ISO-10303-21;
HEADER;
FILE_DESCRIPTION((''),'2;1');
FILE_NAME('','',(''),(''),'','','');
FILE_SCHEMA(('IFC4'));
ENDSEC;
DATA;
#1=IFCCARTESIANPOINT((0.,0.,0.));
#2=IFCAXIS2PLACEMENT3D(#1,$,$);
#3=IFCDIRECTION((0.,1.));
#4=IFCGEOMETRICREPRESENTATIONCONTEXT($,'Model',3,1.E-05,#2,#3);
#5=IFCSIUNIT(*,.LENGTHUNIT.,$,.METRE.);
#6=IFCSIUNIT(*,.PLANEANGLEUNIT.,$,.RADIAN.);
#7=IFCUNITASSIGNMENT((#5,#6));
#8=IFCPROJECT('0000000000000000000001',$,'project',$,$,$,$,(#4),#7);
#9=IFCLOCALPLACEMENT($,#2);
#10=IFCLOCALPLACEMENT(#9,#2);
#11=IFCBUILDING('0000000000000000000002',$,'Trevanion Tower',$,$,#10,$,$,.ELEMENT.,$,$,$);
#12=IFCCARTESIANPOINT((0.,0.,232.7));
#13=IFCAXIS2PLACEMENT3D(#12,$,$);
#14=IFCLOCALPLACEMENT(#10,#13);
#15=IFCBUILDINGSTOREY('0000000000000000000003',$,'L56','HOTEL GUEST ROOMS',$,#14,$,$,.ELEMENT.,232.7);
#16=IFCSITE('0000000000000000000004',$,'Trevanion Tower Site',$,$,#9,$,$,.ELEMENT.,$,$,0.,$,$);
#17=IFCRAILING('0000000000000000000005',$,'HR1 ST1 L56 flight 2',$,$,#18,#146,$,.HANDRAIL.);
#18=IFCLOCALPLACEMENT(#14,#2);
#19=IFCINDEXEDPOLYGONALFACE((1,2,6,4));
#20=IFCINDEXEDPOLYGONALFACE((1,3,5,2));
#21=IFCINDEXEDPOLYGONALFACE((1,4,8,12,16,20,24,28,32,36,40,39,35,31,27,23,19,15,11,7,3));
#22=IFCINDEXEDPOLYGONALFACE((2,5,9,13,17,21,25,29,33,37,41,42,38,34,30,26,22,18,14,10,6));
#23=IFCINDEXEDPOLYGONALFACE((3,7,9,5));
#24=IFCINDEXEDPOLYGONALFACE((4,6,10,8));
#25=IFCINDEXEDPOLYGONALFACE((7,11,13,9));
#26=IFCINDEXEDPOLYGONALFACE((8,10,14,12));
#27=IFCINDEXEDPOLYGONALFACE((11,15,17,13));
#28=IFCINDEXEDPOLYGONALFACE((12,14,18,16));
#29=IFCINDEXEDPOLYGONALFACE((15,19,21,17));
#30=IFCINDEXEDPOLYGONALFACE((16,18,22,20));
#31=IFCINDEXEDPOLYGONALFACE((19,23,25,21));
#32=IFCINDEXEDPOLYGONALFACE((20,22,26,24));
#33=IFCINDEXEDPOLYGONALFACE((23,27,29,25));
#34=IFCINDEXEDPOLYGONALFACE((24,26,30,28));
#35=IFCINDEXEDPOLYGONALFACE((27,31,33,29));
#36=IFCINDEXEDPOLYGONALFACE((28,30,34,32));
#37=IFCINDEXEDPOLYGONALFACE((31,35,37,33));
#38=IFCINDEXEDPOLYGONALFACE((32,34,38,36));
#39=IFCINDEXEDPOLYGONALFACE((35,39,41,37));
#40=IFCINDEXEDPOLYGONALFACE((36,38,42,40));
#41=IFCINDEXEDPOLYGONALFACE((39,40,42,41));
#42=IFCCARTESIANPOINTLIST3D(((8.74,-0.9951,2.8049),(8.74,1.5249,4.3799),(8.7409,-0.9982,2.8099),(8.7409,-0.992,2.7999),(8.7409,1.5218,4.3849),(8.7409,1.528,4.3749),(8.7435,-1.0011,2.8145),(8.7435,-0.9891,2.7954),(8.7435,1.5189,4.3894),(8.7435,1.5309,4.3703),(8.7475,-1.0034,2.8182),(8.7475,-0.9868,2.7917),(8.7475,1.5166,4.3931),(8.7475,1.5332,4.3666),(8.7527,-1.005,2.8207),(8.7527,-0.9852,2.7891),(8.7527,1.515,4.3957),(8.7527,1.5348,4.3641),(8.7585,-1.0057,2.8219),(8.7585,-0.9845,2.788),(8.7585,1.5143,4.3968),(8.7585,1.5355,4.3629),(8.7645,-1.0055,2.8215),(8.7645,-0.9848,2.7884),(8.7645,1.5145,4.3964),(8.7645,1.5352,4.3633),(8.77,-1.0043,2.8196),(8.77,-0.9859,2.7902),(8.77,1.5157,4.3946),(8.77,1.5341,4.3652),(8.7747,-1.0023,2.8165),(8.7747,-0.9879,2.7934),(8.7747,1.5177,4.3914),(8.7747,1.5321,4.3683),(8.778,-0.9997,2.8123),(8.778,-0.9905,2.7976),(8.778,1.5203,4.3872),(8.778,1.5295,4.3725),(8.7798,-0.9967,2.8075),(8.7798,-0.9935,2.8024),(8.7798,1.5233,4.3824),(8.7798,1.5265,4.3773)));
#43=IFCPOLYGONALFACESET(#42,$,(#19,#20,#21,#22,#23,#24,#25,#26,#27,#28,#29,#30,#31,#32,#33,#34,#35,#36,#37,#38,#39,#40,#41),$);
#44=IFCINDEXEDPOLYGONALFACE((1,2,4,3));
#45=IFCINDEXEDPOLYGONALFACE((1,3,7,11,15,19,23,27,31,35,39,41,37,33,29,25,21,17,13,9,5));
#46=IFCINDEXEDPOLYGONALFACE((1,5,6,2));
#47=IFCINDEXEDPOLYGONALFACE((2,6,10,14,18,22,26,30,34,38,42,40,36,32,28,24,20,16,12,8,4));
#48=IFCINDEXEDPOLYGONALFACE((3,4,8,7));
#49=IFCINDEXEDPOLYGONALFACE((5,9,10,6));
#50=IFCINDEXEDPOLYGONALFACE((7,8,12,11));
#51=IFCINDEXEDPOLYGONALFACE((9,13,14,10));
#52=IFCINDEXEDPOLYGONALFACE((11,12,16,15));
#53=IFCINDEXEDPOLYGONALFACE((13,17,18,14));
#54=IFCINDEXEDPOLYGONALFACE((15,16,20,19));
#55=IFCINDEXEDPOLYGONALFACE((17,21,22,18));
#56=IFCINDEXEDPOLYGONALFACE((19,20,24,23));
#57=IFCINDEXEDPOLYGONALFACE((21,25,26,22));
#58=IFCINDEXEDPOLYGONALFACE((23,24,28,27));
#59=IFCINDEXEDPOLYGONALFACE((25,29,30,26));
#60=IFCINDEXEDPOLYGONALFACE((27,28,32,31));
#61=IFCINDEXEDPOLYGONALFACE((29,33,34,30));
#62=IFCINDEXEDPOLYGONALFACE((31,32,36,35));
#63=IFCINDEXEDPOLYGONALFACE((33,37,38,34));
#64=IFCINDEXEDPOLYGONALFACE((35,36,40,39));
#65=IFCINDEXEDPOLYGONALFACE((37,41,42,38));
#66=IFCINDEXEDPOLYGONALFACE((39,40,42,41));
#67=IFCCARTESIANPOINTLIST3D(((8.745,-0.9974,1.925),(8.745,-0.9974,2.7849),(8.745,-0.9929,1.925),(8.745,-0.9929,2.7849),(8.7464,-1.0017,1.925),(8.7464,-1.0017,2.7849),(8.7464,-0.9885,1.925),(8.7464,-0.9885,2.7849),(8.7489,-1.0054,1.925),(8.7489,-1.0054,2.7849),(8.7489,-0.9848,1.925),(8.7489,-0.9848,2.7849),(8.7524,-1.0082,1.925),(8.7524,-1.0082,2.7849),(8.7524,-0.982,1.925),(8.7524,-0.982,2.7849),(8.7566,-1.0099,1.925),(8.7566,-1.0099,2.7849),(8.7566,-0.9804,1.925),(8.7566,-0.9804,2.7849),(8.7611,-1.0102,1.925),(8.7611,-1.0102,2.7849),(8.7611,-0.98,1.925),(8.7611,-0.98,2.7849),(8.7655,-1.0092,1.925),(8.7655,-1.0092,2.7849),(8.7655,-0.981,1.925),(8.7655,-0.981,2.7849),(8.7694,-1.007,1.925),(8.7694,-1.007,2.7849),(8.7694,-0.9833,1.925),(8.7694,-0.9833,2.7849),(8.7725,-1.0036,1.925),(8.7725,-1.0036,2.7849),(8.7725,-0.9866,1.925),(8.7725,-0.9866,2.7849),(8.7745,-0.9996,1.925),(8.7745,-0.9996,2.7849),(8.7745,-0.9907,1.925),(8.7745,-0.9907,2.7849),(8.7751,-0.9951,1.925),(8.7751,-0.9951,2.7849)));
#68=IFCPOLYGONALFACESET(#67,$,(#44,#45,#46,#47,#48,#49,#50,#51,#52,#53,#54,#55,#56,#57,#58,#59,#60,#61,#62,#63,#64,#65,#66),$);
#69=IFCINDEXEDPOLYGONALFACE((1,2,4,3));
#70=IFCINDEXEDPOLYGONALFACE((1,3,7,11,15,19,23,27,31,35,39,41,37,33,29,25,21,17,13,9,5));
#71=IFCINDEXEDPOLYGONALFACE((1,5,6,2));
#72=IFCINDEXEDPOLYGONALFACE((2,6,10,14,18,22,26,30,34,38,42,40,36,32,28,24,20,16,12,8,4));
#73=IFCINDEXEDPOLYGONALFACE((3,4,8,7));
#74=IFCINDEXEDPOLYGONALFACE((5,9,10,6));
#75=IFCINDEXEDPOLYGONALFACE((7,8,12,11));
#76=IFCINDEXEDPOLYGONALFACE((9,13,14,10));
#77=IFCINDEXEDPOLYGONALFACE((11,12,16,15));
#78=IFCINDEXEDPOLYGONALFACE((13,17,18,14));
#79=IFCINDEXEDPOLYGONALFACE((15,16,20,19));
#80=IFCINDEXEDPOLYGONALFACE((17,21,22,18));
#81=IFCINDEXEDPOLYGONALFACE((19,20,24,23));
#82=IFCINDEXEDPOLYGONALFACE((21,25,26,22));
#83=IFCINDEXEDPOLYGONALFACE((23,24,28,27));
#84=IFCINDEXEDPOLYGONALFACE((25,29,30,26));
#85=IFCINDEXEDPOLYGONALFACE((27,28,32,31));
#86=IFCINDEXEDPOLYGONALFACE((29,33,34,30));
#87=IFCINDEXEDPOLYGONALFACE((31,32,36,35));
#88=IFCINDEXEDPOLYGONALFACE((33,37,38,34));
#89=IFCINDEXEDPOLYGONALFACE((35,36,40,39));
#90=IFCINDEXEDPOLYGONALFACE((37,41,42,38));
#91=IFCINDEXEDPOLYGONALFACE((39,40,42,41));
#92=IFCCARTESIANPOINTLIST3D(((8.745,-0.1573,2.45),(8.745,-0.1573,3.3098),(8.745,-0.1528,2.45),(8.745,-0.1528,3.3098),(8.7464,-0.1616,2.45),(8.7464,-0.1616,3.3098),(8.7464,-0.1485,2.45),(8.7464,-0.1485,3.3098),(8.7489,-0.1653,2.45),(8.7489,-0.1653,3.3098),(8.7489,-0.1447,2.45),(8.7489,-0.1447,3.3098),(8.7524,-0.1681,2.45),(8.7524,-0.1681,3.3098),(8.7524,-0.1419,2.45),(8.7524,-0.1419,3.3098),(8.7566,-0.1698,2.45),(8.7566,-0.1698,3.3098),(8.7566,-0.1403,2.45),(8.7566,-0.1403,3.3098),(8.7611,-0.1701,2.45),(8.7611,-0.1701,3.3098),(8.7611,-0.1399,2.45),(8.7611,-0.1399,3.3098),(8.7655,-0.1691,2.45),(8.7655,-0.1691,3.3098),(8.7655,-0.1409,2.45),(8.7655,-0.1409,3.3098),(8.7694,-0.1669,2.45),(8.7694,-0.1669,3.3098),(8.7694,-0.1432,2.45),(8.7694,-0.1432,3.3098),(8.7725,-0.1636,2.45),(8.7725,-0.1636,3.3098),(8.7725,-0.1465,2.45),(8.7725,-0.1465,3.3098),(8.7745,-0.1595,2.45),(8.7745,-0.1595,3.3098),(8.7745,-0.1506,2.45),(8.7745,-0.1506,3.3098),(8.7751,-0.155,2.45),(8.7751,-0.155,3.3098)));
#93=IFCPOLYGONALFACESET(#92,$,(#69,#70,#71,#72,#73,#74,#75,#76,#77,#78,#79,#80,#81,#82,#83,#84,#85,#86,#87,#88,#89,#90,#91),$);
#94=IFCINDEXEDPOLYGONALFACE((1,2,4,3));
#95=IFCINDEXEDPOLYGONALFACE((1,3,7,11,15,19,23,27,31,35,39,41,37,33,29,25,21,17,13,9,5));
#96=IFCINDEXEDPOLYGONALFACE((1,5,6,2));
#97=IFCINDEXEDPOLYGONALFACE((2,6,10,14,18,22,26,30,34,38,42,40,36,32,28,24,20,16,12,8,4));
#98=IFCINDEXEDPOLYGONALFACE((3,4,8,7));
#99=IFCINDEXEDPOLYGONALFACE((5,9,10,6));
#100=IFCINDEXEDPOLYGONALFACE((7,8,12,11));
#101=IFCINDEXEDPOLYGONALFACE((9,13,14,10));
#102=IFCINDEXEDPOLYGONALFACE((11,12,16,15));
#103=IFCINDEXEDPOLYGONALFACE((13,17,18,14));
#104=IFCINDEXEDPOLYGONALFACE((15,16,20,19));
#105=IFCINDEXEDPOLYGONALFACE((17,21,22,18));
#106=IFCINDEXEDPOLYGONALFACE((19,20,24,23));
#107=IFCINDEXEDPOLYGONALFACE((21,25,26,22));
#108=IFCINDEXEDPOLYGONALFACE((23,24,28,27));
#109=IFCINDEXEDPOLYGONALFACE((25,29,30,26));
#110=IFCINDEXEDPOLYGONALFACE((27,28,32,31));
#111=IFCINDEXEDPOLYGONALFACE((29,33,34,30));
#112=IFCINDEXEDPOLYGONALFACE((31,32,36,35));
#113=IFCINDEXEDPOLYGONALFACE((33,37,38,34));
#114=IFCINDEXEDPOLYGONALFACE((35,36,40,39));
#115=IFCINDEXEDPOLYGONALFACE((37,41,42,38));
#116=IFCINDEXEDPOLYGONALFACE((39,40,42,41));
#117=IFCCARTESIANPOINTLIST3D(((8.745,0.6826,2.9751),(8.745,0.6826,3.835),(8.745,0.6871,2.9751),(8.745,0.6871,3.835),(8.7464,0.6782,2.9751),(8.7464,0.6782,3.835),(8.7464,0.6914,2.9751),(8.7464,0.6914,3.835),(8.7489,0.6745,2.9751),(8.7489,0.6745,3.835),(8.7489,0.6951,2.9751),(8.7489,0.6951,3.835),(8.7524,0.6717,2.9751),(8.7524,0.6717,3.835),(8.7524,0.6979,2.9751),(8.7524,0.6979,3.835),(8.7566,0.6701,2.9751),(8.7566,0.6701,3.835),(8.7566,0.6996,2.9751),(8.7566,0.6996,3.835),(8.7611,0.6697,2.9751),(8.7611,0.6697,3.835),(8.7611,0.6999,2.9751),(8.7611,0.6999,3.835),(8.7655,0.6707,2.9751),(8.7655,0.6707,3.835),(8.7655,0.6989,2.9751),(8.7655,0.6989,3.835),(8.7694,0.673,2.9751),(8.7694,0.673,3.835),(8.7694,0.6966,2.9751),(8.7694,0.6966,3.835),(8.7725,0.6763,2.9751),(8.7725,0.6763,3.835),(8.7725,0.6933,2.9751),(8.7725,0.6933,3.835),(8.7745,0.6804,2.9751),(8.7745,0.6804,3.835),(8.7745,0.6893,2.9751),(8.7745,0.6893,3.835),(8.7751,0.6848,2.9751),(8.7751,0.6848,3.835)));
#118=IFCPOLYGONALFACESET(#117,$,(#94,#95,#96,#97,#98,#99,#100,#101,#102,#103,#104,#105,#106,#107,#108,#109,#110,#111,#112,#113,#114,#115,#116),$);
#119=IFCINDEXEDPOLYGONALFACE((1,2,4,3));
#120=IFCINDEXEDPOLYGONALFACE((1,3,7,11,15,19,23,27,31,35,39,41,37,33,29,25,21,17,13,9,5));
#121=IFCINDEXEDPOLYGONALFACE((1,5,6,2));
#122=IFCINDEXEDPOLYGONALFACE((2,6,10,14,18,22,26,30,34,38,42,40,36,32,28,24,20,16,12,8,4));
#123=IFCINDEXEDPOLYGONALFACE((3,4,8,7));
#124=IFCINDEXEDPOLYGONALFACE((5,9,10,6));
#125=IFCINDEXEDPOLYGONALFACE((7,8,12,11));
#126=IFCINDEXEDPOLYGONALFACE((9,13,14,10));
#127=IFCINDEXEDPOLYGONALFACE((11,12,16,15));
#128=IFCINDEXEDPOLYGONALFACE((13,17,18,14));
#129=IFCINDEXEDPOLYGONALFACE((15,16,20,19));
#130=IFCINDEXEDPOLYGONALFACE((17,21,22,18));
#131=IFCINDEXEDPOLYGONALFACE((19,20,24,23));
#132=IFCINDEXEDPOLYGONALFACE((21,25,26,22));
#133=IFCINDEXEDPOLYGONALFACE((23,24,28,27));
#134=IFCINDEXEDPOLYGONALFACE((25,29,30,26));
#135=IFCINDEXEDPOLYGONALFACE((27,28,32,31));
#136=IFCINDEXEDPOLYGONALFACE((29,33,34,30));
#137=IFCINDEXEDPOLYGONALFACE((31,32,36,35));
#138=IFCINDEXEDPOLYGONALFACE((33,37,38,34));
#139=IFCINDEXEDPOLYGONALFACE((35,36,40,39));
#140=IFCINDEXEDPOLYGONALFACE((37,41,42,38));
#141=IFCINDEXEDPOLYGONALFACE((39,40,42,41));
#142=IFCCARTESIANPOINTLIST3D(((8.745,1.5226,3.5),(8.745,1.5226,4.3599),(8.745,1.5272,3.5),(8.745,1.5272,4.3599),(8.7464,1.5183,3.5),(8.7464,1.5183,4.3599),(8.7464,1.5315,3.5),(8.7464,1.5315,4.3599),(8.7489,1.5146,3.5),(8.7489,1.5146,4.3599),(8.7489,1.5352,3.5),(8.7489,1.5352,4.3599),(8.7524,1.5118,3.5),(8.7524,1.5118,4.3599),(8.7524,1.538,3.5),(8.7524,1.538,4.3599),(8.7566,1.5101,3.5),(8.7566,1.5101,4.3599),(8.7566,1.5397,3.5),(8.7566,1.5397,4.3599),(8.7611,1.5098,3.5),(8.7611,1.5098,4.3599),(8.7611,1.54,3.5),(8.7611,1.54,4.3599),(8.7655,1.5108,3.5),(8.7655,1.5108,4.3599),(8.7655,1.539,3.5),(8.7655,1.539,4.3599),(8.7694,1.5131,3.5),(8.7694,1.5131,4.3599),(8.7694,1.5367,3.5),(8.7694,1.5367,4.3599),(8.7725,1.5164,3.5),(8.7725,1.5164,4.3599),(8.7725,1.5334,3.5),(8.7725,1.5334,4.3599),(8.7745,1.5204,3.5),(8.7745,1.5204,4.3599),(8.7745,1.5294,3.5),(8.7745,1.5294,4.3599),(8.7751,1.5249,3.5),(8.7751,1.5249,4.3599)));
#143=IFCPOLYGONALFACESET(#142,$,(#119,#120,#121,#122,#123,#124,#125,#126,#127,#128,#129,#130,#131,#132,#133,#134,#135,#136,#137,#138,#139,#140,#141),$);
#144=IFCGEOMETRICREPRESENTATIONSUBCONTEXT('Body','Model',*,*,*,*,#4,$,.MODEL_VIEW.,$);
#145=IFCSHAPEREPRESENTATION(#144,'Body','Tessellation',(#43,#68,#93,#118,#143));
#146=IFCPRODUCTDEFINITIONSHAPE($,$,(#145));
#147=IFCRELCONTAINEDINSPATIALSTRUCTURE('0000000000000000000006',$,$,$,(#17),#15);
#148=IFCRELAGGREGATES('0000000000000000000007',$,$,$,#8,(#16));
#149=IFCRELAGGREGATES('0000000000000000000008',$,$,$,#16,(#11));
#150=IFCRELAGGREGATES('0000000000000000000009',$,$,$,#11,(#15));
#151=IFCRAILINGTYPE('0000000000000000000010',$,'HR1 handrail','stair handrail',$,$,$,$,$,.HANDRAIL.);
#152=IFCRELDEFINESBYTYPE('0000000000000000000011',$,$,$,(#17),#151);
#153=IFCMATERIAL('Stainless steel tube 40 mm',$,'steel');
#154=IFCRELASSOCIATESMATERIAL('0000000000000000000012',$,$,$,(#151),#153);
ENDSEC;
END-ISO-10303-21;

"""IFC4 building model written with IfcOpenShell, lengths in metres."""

from ifc_helpers import new_model, si_unit, direction, frame, origin, origin_2d, place, context, subcontext, project, spatial, circle, extrude, material, type_object, element, save


model = new_model("IFC4")

# Units and contexts
model_context = context("Model", 3, precision=1e-05, world=origin(), true_north=direction((0.0, 1.0)))
body_context = subcontext(model_context, "Body", "Model", "MODEL_VIEW")
ifc_project = project(units=[si_unit("LENGTHUNIT", "METRE"), si_unit("PLANEANGLEUNIT", "RADIAN")], contexts=[model_context])

# Site, building, storey
site_placement = place(None, origin())
site = spatial("IfcSite", under=ifc_project, at=site_placement, Name="Trevanion Tower Site", CompositionType="ELEMENT", RefElevation=0.0)
building_placement = place(site_placement, origin())
building = spatial("IfcBuilding", under=site, at=building_placement, Name="Trevanion Tower", CompositionType="ELEMENT")
storey_placement = place(building_placement, frame((0.0, 0.0, 232.7)))
storey = spatial("IfcBuildingStorey", under=building, at=storey_placement, Name="L56", Description="HOTEL GUEST ROOMS", CompositionType="ELEMENT", Elevation=232.7)

# Railing
ifc_material_1 = material(Name="Stainless steel tube 40 mm", Category="steel")
railing_type = type_object("IfcRailingType", Name="HR1 handrail", Description="stair handrail", PredefinedType="HANDRAIL", material=ifc_material_1)
for number, where, name in (
    (1, (8.76, -0.9951, 1.925), "HR1 ST1 L56 flight 2"),
):
    element("IfcRailing", number, at=place(storey_placement, frame(where)), inside=storey, type_object=railing_type, Name=name, PredefinedType="HANDRAIL", context=body_context, shape_type="SweptSolid", body=[
        extrude(circle(Radius=0.02, at=origin_2d()), frame((0.0, 0.0, 0.8799), z_axis=(0.0, 0.848008, 0.529984), x_axis=(-1.0, 0.0, 0.0)), (0.0, 0.0, 1.0), 2.9717),
        extrude(circle(Radius=0.0151, at=origin_2d()), origin(), (0.0, 0.0, 1.0), 0.8599),
        extrude(circle(Radius=0.0151, at=origin_2d()), frame((0.0, 0.8401, 0.5249)), (0.0, 0.0, 1.0), 0.8599),
        extrude(circle(Radius=0.0151, at=origin_2d()), frame((0.0, 1.6799, 1.05)), (0.0, 0.0, 1.0), 0.8599),
        extrude(circle(Radius=0.0151, at=origin_2d()), frame((0.0, 2.52, 1.575)), (0.0, 0.0, 1.0), 0.8599),
    ])

save(model, "model.ifc")
